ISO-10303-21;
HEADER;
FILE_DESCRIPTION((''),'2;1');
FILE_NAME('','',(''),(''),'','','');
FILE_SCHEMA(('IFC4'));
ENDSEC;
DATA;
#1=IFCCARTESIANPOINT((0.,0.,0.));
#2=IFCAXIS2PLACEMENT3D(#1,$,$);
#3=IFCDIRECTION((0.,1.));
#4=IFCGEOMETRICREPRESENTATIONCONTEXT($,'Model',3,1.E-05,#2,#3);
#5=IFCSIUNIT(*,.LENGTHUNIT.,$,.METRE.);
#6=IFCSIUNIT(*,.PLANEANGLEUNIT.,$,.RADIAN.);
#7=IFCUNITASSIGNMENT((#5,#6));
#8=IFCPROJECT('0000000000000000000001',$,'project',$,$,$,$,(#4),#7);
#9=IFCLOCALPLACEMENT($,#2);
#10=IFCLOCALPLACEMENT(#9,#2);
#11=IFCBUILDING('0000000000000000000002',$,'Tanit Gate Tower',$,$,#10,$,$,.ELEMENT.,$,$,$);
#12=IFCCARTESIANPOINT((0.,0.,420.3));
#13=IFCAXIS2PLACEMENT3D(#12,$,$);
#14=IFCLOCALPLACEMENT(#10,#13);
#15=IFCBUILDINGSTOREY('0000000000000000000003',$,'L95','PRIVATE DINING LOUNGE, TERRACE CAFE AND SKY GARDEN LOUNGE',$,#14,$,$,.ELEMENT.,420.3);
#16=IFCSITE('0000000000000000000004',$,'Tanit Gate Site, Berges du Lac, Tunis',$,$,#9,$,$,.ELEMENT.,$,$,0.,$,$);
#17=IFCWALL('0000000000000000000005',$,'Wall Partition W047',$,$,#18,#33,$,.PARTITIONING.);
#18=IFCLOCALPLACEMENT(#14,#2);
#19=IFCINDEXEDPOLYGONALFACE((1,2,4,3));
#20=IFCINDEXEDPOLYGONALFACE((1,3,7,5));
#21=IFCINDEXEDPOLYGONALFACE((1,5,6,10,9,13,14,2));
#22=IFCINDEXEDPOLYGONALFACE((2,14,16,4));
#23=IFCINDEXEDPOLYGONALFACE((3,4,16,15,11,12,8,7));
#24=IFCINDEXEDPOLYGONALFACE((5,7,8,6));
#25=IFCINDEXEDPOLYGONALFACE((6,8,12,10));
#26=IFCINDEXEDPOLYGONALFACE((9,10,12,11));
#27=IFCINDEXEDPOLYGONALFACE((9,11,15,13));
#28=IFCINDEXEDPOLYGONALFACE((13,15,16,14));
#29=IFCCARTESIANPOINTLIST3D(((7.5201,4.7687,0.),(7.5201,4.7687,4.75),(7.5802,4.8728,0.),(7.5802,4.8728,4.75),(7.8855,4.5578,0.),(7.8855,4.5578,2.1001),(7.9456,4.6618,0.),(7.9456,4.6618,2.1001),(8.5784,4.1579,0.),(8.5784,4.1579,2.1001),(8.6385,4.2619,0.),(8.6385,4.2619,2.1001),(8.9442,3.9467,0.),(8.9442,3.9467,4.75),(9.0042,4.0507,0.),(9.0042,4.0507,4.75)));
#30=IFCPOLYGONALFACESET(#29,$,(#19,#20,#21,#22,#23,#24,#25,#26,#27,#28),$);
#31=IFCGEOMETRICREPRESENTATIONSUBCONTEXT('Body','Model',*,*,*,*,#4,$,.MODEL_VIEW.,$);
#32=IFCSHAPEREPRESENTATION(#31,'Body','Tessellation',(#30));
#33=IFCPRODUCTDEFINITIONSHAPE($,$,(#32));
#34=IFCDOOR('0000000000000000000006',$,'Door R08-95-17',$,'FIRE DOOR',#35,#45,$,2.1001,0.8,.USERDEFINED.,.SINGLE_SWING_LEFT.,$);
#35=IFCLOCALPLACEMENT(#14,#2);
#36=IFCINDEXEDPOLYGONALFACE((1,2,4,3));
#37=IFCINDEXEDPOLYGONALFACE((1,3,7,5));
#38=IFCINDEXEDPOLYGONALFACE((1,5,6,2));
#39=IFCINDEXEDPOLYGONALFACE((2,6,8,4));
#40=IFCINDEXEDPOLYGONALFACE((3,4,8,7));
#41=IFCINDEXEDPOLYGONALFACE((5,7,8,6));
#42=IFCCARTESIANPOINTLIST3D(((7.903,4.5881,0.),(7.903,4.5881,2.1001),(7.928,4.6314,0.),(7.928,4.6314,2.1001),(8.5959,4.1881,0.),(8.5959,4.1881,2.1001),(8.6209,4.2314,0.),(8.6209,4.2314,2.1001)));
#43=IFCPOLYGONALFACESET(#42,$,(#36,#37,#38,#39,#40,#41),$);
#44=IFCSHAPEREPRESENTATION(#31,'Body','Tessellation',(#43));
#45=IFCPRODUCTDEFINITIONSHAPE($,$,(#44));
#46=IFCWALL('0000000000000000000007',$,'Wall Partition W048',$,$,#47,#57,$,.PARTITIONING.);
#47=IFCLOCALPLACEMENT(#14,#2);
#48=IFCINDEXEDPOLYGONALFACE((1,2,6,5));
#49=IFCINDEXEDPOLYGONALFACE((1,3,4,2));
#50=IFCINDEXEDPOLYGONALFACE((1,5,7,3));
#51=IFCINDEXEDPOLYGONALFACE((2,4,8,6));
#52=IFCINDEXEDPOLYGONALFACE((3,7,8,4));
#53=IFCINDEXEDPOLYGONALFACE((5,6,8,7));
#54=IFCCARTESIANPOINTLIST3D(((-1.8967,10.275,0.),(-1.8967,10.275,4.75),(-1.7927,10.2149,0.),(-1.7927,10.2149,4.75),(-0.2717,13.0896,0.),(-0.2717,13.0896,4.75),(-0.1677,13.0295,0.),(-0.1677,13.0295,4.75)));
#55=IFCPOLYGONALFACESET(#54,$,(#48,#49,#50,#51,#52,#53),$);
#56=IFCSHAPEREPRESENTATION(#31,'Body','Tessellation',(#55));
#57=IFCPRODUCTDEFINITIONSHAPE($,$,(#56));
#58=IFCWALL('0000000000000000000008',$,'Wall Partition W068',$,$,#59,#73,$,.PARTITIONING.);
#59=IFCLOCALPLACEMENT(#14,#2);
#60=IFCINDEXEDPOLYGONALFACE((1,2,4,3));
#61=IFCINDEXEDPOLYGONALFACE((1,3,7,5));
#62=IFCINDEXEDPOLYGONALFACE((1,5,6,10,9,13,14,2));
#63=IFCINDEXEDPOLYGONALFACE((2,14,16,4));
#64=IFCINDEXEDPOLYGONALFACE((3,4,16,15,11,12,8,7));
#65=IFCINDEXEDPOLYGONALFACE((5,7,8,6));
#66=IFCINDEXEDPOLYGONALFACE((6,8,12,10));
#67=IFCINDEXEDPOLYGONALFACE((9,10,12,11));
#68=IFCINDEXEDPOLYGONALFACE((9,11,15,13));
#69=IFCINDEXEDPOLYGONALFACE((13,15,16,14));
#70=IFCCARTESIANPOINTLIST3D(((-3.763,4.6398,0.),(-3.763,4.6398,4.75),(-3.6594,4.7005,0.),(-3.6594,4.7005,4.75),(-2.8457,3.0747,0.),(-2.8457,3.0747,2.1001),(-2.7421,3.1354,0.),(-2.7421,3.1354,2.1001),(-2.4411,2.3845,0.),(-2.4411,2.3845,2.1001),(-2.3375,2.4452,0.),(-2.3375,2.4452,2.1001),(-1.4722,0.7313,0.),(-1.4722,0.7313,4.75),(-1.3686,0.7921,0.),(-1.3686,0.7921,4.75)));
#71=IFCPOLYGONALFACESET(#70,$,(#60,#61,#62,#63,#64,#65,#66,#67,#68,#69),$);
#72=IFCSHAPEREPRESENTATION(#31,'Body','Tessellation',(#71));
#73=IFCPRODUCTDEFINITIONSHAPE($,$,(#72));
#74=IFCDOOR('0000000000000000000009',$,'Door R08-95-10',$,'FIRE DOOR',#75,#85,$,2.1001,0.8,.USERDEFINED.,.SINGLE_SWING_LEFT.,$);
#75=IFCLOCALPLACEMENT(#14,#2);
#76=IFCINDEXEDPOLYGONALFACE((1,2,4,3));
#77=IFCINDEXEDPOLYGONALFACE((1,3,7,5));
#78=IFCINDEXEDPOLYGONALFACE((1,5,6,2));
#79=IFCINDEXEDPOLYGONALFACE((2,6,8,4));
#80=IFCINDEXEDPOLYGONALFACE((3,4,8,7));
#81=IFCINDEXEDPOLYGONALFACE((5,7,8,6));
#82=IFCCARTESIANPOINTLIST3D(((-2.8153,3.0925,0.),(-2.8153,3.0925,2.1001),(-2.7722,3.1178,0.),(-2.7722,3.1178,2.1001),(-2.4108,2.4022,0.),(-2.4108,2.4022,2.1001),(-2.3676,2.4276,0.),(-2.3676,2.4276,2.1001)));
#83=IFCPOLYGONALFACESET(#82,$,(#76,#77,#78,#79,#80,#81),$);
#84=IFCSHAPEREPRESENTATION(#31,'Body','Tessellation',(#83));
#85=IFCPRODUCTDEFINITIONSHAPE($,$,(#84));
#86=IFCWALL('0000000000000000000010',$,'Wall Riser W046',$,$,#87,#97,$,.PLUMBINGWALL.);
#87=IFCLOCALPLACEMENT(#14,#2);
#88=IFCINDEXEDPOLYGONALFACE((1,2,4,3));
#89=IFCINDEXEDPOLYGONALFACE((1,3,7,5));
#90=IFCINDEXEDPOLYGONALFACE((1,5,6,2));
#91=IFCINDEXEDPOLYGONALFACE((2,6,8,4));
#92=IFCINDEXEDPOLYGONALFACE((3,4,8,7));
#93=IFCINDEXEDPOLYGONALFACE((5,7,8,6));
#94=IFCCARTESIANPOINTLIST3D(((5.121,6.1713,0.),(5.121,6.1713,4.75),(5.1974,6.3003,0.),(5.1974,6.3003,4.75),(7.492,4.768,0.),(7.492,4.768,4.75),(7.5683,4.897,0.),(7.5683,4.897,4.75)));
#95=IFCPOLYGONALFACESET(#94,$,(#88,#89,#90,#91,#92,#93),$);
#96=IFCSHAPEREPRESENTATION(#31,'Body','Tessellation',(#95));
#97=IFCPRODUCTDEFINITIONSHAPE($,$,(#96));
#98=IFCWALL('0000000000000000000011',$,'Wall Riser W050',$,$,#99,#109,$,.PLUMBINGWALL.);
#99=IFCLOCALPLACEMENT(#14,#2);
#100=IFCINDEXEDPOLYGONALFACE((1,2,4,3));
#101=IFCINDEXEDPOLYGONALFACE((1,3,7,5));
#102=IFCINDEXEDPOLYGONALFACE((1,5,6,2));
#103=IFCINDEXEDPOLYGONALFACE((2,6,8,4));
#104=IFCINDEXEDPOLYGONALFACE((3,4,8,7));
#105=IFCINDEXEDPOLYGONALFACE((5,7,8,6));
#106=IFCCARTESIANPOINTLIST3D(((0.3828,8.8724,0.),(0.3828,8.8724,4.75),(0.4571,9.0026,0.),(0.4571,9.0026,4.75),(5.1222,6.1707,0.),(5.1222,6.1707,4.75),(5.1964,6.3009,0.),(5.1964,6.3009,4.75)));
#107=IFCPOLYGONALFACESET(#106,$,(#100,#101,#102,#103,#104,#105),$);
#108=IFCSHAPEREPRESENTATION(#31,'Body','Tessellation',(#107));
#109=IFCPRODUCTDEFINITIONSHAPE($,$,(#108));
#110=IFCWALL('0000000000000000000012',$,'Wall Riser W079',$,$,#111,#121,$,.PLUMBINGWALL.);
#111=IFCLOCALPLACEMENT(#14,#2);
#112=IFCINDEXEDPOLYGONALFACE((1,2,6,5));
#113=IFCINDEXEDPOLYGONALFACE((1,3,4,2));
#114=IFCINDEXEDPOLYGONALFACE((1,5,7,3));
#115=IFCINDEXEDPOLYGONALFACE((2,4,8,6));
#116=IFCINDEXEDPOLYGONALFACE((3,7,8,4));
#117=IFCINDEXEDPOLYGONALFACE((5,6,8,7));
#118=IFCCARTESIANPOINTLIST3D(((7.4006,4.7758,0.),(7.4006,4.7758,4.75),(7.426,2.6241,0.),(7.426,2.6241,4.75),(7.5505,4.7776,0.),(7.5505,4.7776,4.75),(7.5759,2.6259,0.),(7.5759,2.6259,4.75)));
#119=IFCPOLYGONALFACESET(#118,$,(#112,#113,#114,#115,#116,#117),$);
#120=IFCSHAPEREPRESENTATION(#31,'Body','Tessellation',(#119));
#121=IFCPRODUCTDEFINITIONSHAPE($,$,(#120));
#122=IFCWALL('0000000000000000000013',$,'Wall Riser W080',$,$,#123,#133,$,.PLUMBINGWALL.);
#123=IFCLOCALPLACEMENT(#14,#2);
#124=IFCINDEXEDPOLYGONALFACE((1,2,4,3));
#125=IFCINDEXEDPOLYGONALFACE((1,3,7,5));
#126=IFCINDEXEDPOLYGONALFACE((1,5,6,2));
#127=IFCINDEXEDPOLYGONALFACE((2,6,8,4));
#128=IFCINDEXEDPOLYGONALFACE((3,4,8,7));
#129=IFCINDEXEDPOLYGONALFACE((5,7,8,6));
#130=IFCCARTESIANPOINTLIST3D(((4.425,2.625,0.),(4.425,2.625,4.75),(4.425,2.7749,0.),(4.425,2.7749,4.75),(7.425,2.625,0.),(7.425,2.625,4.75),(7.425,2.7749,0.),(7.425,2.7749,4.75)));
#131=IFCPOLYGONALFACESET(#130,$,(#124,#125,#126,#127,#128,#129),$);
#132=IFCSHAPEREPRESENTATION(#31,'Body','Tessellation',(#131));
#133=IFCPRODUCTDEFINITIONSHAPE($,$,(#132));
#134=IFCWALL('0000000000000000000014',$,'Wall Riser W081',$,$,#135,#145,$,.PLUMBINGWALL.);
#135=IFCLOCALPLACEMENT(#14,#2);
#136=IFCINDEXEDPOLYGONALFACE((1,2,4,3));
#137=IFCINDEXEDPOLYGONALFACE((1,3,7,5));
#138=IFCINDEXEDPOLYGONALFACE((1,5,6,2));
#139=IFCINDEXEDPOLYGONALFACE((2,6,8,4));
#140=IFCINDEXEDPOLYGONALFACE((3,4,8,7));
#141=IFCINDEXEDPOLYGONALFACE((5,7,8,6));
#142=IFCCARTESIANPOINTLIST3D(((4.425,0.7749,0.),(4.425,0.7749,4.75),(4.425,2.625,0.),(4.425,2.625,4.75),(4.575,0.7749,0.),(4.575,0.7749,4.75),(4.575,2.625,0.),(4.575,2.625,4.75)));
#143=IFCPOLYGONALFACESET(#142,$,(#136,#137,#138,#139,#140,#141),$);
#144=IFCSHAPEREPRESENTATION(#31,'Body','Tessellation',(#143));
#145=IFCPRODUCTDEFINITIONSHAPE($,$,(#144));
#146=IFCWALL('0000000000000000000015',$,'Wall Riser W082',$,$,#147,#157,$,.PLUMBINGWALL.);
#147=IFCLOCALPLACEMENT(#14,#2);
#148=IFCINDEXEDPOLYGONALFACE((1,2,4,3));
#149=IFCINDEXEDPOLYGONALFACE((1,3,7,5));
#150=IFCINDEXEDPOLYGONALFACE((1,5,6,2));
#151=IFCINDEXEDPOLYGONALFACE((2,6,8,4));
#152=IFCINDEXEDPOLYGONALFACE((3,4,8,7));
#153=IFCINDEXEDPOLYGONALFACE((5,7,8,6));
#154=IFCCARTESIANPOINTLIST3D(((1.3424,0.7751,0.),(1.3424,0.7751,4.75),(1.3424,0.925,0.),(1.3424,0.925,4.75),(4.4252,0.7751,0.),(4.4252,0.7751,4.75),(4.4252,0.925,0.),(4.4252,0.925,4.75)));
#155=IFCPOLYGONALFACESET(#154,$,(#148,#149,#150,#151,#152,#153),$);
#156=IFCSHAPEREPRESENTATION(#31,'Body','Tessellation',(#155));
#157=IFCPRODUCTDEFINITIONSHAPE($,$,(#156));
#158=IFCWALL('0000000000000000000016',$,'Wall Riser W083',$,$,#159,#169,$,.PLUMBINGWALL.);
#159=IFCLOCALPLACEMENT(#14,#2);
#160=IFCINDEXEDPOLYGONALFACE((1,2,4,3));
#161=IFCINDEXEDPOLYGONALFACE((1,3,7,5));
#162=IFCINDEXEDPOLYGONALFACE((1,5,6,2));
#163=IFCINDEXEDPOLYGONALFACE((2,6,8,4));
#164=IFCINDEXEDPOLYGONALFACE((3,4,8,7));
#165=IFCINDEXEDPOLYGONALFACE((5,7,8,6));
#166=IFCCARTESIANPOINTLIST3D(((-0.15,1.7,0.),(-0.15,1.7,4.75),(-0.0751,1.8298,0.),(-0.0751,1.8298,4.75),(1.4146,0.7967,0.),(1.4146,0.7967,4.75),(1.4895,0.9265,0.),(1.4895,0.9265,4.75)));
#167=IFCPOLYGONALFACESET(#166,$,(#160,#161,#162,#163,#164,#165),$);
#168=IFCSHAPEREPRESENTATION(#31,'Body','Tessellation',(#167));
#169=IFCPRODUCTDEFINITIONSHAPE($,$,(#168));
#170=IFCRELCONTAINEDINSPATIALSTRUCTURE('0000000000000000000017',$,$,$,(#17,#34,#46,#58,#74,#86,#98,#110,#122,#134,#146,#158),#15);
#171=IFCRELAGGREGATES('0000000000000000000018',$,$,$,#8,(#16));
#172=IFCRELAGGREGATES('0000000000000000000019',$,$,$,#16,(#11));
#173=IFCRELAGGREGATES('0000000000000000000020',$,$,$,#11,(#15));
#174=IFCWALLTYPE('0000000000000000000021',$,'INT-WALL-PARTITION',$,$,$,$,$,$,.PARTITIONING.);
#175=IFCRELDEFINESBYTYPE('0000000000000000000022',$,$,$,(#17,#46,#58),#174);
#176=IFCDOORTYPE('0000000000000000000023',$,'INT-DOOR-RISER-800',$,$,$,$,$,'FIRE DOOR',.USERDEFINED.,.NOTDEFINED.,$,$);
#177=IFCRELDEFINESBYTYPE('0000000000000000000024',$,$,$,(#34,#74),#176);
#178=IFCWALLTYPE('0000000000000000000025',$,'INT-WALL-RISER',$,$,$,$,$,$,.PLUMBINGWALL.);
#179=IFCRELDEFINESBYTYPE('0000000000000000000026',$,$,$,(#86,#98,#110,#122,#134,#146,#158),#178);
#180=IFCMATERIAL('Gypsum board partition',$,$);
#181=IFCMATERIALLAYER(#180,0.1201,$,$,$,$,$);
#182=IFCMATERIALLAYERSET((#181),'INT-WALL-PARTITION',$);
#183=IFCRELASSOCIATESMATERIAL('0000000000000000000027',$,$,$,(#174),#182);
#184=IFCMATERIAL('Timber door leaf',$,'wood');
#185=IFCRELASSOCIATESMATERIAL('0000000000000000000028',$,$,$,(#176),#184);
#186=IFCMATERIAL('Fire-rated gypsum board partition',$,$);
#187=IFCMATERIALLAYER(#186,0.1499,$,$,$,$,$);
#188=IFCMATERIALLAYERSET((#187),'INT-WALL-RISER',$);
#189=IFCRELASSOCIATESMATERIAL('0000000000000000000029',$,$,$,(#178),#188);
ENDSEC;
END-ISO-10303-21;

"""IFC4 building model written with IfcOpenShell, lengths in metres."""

from ifc_helpers import new_model, si_unit, direction, frame, frame_2d, origin, place, context, subcontext, project, spatial, rectangle, extrude, material, layer, layer_set, type_object, element, fill, save


model = new_model("IFC4")

# Units and contexts
model_context = context("Model", 3, precision=1e-05, world=origin(), true_north=direction((0.0, 1.0)))
body_context = subcontext(model_context, "Body", "Model", "MODEL_VIEW")
ifc_project = project(units=[si_unit("LENGTHUNIT", "METRE"), si_unit("PLANEANGLEUNIT", "RADIAN")], contexts=[model_context])

# Site, building, storey
site_placement = place(None, origin())
site = spatial("IfcSite", under=ifc_project, at=site_placement, Name="Tanit Gate Site, Berges du Lac, Tunis", CompositionType="ELEMENT", RefElevation=0.0)
building_placement = place(site_placement, origin())
building = spatial("IfcBuilding", under=site, at=building_placement, Name="Tanit Gate Tower", CompositionType="ELEMENT")
storey_placement = place(building_placement, frame((0.0, 0.0, 420.3)))
storey = spatial("IfcBuildingStorey", under=building, at=storey_placement, Name="L95", Description="PRIVATE DINING LOUNGE, TERRACE CAFE AND SKY GARDEN LOUNGE", CompositionType="ELEMENT", Elevation=420.3)

# Shared definitions
ifc_material_1 = material(Name="Gypsum board partition")
ifc_layer_1 = layer(ifc_material_1, 0.1201)
ifc_layer_set_1 = layer_set([ifc_layer_1], Name="INT-WALL-PARTITION")
wall_type_1 = type_object("IfcWallType", Name="INT-WALL-PARTITION", PredefinedType="PARTITIONING", material=ifc_layer_set_1)

# Wall, opening, door
ifc_material_2 = material(Name="Timber door leaf", Category="wood")
door_type_1 = type_object("IfcDoorType", Name="INT-DOOR-RISER-800", ElementType="FIRE DOOR", OperationType="NOTDEFINED", PredefinedType="USERDEFINED", material=ifc_material_2)
wall_1_placement = place(storey_placement, frame((7.55, 4.8208, 0.0), z_axis=(0.0, 0.0, 1.0), x_axis=(0.866069, -0.499924, 0.0)))
wall_1 = element("IfcWall", 1, at=wall_1_placement, inside=storey, type_object=wall_type_1, Name="Wall Partition W047", PredefinedType="PARTITIONING", context=body_context, shape_type="SweptSolid", body=[
    extrude(rectangle(XDim=1.6443, YDim=0.1201, at=frame_2d((0.8223, 0.0))), origin(), (0.0, 0.0, 1.0), 4.75),
])
opening_1_placement = place(wall_1_placement, frame((0.4221, 0.0, 0.0)))
opening_1 = element("IfcOpeningElement", 2, at=opening_1_placement, cuts=wall_1, PredefinedType="OPENING", context=body_context, shape_type="SweptSolid", body=[
    extrude(rectangle(XDim=0.8, YDim=2.1001, at=frame_2d((0.3999, 1.05))), frame((0.0, 0.0701, 0.0), z_axis=(0.0, -1.0, 0.0), x_axis=(1.0, 0.0, 0.0)), (0.0, 0.0, 1.0), 0.1401),
])
door_1_placement = place(opening_1_placement, origin())
door_1 = element("IfcDoor", 3, at=door_1_placement, inside=storey, type_object=door_type_1, Name="Door R08-95-17", ObjectType="FIRE DOOR", OperationType="SINGLE_SWING_LEFT", OverallHeight=2.1001, OverallWidth=0.8, PredefinedType="USERDEFINED", context=body_context, shape_type="SweptSolid", body=[
    extrude(rectangle(XDim=0.8, YDim=2.1001, at=frame_2d((0.3999, 1.05))), frame((0.0, 0.0249, 0.0), z_axis=(0.0, -1.0, 0.0), x_axis=(1.0, 0.0, 0.0)), (0.0, 0.0, 1.0), 0.05),
])
fill(opening_1, door_1)

# Wall
wall_2_placement = place(storey_placement, frame((-0.2197, 13.0596, 0.0), z_axis=(0.0, 0.0, 1.0), x_axis=(-0.499985, -0.866034, 0.0)))
element("IfcWall", 4, at=wall_2_placement, inside=storey, type_object=wall_type_1, Name="Wall Partition W048", PredefinedType="PARTITIONING", context=body_context, shape_type="SweptSolid", body=[
    extrude(rectangle(XDim=3.25, YDim=0.1201, at=frame_2d((1.625, 0.0))), origin(), (0.0, 0.0, 1.0), 4.75),
])

# Wall, opening, door
wall_3_placement = place(storey_placement, frame((-1.4204, 0.7617, 0.0), z_axis=(0.0, 0.0, 1.0), x_axis=(-0.505656, 0.862735, 0.0)))
wall_3 = element("IfcWall", 5, at=wall_3_placement, inside=storey, type_object=wall_type_1, Name="Wall Partition W068", PredefinedType="PARTITIONING", context=body_context, shape_type="SweptSolid", body=[
    extrude(rectangle(XDim=4.5303, YDim=0.1201, at=frame_2d((2.2651, 0.0))), origin(), (0.0, 0.0, 1.0), 4.75),
])
opening_2_placement = place(wall_3_placement, frame((1.9163, 0.0, 0.0)))
opening_2 = element("IfcOpeningElement", 6, at=opening_2_placement, cuts=wall_3, PredefinedType="OPENING", context=body_context, shape_type="SweptSolid", body=[
    extrude(rectangle(XDim=0.8, YDim=2.1001, at=frame_2d((0.3999, 1.05))), frame((0.0, 0.0701, 0.0), z_axis=(0.0, -1.0, 0.0), x_axis=(1.0, 0.0, 0.0)), (0.0, 0.0, 1.0), 0.1401),
])
door_2_placement = place(opening_2_placement, origin())
door_2 = element("IfcDoor", 7, at=door_2_placement, inside=storey, type_object=door_type_1, Name="Door R08-95-10", ObjectType="FIRE DOOR", OperationType="SINGLE_SWING_LEFT", OverallHeight=2.1001, OverallWidth=0.8, PredefinedType="USERDEFINED", context=body_context, shape_type="SweptSolid", body=[
    extrude(rectangle(XDim=0.8, YDim=2.1001, at=frame_2d((0.3999, 1.05))), frame((0.0, 0.0249, 0.0), z_axis=(0.0, -1.0, 0.0), x_axis=(1.0, 0.0, 0.0)), (0.0, 0.0, 1.0), 0.05),
])
fill(opening_2, door_2)

# Walls
ifc_material_3 = material(Name="Fire-rated gypsum board partition")
ifc_layer_2 = layer(ifc_material_3, 0.1499)
ifc_layer_set_2 = layer_set([ifc_layer_2], Name="INT-WALL-RISER")
wall_type_2 = type_object("IfcWallType", Name="INT-WALL-RISER", PredefinedType="PLUMBINGWALL", material=ifc_layer_set_2)
wall_4_placement = place(storey_placement, frame((7.53, 4.8325, 0.0), z_axis=(0.0, 0.0, 1.0), x_axis=(-0.860551, 0.509365, 0.0)))
element("IfcWall", 8, at=wall_4_placement, inside=storey, type_object=wall_type_2, Name="Wall Riser W046", PredefinedType="PLUMBINGWALL", context=body_context, shape_type="SweptSolid", body=[
    extrude(rectangle(XDim=2.7551, YDim=0.1499, at=frame_2d((1.3774, 0.0))), origin(), (0.0, 0.0, 1.0), 4.75),
])
wall_5_placement = place(storey_placement, frame((5.1592, 6.2358, 0.0), z_axis=(0.0, 0.0, 1.0), x_axis=(-0.868755, 0.495242, 0.0)))
element("IfcWall", 9, at=wall_5_placement, inside=storey, type_object=wall_type_2, Name="Wall Riser W050", PredefinedType="PLUMBINGWALL", context=body_context, shape_type="SweptSolid", body=[
    extrude(rectangle(XDim=5.4553, YDim=0.1499, at=frame_2d((2.7275, 0.0))), origin(), (0.0, 0.0, 1.0), 4.75),
])
wall_6_placement = place(storey_placement, frame((7.501, 2.625, 0.0), z_axis=(0.0, 0.0, 1.0), x_axis=(-0.0118, 0.99993, 0.0)))
element("IfcWall", 10, at=wall_6_placement, inside=storey, type_object=wall_type_2, Name="Wall Riser W079", PredefinedType="PLUMBINGWALL", context=body_context, shape_type="SweptSolid", body=[
    extrude(rectangle(XDim=2.1519, YDim=0.1499, at=frame_2d((1.0759, 0.0))), origin(), (0.0, 0.0, 1.0), 4.75),
])
wall_7_placement = place(storey_placement, frame((4.425, 2.7, 0.0), z_axis=(0.0, 0.0, 1.0), x_axis=(1.0, 0.0, 0.0)))
element("IfcWall", 11, at=wall_7_placement, inside=storey, type_object=wall_type_2, Name="Wall Riser W080", PredefinedType="PLUMBINGWALL", context=body_context, shape_type="SweptSolid", body=[
    extrude(rectangle(XDim=3.0, YDim=0.1499, at=frame_2d((1.5, 0.0))), origin(), (0.0, 0.0, 1.0), 4.75),
])
wall_8_placement = place(storey_placement, frame((4.5, 0.7749, 0.0), z_axis=(0.0, 0.0, 1.0), x_axis=(0.0, 1.0, 0.0)))
element("IfcWall", 12, at=wall_8_placement, inside=storey, type_object=wall_type_2, Name="Wall Riser W081", PredefinedType="PLUMBINGWALL", context=body_context, shape_type="SweptSolid", body=[
    extrude(rectangle(XDim=1.8501, YDim=0.1499, at=frame_2d((0.925, 0.0))), origin(), (0.0, 0.0, 1.0), 4.75),
])
wall_9_placement = place(storey_placement, frame((1.3423, 0.8501, 0.0), z_axis=(0.0, 0.0, 1.0), x_axis=(1.0, 0.0, 0.0)))
element("IfcWall", 13, at=wall_9_placement, inside=storey, type_object=wall_type_2, Name="Wall Riser W082", PredefinedType="PLUMBINGWALL", context=body_context, shape_type="SweptSolid", body=[
    extrude(rectangle(XDim=3.0828, YDim=0.1499, at=frame_2d((1.5415, 0.0))), origin(), (0.0, 0.0, 1.0), 4.75),
])
wall_10_placement = place(storey_placement, frame((-0.1125, 1.7649, 0.0), z_axis=(0.0, 0.0, 1.0), x_axis=(0.866039, -0.499976, 0.0)))
element("IfcWall", 14, at=wall_10_placement, inside=storey, type_object=wall_type_2, Name="Wall Riser W083", PredefinedType="PLUMBINGWALL", context=body_context, shape_type="SweptSolid", body=[
    extrude(rectangle(XDim=1.8066, YDim=0.1499, at=frame_2d((0.9033, 0.0))), origin(), (0.0, 0.0, 1.0), 4.75),
])

save(model, "model.ifc")
